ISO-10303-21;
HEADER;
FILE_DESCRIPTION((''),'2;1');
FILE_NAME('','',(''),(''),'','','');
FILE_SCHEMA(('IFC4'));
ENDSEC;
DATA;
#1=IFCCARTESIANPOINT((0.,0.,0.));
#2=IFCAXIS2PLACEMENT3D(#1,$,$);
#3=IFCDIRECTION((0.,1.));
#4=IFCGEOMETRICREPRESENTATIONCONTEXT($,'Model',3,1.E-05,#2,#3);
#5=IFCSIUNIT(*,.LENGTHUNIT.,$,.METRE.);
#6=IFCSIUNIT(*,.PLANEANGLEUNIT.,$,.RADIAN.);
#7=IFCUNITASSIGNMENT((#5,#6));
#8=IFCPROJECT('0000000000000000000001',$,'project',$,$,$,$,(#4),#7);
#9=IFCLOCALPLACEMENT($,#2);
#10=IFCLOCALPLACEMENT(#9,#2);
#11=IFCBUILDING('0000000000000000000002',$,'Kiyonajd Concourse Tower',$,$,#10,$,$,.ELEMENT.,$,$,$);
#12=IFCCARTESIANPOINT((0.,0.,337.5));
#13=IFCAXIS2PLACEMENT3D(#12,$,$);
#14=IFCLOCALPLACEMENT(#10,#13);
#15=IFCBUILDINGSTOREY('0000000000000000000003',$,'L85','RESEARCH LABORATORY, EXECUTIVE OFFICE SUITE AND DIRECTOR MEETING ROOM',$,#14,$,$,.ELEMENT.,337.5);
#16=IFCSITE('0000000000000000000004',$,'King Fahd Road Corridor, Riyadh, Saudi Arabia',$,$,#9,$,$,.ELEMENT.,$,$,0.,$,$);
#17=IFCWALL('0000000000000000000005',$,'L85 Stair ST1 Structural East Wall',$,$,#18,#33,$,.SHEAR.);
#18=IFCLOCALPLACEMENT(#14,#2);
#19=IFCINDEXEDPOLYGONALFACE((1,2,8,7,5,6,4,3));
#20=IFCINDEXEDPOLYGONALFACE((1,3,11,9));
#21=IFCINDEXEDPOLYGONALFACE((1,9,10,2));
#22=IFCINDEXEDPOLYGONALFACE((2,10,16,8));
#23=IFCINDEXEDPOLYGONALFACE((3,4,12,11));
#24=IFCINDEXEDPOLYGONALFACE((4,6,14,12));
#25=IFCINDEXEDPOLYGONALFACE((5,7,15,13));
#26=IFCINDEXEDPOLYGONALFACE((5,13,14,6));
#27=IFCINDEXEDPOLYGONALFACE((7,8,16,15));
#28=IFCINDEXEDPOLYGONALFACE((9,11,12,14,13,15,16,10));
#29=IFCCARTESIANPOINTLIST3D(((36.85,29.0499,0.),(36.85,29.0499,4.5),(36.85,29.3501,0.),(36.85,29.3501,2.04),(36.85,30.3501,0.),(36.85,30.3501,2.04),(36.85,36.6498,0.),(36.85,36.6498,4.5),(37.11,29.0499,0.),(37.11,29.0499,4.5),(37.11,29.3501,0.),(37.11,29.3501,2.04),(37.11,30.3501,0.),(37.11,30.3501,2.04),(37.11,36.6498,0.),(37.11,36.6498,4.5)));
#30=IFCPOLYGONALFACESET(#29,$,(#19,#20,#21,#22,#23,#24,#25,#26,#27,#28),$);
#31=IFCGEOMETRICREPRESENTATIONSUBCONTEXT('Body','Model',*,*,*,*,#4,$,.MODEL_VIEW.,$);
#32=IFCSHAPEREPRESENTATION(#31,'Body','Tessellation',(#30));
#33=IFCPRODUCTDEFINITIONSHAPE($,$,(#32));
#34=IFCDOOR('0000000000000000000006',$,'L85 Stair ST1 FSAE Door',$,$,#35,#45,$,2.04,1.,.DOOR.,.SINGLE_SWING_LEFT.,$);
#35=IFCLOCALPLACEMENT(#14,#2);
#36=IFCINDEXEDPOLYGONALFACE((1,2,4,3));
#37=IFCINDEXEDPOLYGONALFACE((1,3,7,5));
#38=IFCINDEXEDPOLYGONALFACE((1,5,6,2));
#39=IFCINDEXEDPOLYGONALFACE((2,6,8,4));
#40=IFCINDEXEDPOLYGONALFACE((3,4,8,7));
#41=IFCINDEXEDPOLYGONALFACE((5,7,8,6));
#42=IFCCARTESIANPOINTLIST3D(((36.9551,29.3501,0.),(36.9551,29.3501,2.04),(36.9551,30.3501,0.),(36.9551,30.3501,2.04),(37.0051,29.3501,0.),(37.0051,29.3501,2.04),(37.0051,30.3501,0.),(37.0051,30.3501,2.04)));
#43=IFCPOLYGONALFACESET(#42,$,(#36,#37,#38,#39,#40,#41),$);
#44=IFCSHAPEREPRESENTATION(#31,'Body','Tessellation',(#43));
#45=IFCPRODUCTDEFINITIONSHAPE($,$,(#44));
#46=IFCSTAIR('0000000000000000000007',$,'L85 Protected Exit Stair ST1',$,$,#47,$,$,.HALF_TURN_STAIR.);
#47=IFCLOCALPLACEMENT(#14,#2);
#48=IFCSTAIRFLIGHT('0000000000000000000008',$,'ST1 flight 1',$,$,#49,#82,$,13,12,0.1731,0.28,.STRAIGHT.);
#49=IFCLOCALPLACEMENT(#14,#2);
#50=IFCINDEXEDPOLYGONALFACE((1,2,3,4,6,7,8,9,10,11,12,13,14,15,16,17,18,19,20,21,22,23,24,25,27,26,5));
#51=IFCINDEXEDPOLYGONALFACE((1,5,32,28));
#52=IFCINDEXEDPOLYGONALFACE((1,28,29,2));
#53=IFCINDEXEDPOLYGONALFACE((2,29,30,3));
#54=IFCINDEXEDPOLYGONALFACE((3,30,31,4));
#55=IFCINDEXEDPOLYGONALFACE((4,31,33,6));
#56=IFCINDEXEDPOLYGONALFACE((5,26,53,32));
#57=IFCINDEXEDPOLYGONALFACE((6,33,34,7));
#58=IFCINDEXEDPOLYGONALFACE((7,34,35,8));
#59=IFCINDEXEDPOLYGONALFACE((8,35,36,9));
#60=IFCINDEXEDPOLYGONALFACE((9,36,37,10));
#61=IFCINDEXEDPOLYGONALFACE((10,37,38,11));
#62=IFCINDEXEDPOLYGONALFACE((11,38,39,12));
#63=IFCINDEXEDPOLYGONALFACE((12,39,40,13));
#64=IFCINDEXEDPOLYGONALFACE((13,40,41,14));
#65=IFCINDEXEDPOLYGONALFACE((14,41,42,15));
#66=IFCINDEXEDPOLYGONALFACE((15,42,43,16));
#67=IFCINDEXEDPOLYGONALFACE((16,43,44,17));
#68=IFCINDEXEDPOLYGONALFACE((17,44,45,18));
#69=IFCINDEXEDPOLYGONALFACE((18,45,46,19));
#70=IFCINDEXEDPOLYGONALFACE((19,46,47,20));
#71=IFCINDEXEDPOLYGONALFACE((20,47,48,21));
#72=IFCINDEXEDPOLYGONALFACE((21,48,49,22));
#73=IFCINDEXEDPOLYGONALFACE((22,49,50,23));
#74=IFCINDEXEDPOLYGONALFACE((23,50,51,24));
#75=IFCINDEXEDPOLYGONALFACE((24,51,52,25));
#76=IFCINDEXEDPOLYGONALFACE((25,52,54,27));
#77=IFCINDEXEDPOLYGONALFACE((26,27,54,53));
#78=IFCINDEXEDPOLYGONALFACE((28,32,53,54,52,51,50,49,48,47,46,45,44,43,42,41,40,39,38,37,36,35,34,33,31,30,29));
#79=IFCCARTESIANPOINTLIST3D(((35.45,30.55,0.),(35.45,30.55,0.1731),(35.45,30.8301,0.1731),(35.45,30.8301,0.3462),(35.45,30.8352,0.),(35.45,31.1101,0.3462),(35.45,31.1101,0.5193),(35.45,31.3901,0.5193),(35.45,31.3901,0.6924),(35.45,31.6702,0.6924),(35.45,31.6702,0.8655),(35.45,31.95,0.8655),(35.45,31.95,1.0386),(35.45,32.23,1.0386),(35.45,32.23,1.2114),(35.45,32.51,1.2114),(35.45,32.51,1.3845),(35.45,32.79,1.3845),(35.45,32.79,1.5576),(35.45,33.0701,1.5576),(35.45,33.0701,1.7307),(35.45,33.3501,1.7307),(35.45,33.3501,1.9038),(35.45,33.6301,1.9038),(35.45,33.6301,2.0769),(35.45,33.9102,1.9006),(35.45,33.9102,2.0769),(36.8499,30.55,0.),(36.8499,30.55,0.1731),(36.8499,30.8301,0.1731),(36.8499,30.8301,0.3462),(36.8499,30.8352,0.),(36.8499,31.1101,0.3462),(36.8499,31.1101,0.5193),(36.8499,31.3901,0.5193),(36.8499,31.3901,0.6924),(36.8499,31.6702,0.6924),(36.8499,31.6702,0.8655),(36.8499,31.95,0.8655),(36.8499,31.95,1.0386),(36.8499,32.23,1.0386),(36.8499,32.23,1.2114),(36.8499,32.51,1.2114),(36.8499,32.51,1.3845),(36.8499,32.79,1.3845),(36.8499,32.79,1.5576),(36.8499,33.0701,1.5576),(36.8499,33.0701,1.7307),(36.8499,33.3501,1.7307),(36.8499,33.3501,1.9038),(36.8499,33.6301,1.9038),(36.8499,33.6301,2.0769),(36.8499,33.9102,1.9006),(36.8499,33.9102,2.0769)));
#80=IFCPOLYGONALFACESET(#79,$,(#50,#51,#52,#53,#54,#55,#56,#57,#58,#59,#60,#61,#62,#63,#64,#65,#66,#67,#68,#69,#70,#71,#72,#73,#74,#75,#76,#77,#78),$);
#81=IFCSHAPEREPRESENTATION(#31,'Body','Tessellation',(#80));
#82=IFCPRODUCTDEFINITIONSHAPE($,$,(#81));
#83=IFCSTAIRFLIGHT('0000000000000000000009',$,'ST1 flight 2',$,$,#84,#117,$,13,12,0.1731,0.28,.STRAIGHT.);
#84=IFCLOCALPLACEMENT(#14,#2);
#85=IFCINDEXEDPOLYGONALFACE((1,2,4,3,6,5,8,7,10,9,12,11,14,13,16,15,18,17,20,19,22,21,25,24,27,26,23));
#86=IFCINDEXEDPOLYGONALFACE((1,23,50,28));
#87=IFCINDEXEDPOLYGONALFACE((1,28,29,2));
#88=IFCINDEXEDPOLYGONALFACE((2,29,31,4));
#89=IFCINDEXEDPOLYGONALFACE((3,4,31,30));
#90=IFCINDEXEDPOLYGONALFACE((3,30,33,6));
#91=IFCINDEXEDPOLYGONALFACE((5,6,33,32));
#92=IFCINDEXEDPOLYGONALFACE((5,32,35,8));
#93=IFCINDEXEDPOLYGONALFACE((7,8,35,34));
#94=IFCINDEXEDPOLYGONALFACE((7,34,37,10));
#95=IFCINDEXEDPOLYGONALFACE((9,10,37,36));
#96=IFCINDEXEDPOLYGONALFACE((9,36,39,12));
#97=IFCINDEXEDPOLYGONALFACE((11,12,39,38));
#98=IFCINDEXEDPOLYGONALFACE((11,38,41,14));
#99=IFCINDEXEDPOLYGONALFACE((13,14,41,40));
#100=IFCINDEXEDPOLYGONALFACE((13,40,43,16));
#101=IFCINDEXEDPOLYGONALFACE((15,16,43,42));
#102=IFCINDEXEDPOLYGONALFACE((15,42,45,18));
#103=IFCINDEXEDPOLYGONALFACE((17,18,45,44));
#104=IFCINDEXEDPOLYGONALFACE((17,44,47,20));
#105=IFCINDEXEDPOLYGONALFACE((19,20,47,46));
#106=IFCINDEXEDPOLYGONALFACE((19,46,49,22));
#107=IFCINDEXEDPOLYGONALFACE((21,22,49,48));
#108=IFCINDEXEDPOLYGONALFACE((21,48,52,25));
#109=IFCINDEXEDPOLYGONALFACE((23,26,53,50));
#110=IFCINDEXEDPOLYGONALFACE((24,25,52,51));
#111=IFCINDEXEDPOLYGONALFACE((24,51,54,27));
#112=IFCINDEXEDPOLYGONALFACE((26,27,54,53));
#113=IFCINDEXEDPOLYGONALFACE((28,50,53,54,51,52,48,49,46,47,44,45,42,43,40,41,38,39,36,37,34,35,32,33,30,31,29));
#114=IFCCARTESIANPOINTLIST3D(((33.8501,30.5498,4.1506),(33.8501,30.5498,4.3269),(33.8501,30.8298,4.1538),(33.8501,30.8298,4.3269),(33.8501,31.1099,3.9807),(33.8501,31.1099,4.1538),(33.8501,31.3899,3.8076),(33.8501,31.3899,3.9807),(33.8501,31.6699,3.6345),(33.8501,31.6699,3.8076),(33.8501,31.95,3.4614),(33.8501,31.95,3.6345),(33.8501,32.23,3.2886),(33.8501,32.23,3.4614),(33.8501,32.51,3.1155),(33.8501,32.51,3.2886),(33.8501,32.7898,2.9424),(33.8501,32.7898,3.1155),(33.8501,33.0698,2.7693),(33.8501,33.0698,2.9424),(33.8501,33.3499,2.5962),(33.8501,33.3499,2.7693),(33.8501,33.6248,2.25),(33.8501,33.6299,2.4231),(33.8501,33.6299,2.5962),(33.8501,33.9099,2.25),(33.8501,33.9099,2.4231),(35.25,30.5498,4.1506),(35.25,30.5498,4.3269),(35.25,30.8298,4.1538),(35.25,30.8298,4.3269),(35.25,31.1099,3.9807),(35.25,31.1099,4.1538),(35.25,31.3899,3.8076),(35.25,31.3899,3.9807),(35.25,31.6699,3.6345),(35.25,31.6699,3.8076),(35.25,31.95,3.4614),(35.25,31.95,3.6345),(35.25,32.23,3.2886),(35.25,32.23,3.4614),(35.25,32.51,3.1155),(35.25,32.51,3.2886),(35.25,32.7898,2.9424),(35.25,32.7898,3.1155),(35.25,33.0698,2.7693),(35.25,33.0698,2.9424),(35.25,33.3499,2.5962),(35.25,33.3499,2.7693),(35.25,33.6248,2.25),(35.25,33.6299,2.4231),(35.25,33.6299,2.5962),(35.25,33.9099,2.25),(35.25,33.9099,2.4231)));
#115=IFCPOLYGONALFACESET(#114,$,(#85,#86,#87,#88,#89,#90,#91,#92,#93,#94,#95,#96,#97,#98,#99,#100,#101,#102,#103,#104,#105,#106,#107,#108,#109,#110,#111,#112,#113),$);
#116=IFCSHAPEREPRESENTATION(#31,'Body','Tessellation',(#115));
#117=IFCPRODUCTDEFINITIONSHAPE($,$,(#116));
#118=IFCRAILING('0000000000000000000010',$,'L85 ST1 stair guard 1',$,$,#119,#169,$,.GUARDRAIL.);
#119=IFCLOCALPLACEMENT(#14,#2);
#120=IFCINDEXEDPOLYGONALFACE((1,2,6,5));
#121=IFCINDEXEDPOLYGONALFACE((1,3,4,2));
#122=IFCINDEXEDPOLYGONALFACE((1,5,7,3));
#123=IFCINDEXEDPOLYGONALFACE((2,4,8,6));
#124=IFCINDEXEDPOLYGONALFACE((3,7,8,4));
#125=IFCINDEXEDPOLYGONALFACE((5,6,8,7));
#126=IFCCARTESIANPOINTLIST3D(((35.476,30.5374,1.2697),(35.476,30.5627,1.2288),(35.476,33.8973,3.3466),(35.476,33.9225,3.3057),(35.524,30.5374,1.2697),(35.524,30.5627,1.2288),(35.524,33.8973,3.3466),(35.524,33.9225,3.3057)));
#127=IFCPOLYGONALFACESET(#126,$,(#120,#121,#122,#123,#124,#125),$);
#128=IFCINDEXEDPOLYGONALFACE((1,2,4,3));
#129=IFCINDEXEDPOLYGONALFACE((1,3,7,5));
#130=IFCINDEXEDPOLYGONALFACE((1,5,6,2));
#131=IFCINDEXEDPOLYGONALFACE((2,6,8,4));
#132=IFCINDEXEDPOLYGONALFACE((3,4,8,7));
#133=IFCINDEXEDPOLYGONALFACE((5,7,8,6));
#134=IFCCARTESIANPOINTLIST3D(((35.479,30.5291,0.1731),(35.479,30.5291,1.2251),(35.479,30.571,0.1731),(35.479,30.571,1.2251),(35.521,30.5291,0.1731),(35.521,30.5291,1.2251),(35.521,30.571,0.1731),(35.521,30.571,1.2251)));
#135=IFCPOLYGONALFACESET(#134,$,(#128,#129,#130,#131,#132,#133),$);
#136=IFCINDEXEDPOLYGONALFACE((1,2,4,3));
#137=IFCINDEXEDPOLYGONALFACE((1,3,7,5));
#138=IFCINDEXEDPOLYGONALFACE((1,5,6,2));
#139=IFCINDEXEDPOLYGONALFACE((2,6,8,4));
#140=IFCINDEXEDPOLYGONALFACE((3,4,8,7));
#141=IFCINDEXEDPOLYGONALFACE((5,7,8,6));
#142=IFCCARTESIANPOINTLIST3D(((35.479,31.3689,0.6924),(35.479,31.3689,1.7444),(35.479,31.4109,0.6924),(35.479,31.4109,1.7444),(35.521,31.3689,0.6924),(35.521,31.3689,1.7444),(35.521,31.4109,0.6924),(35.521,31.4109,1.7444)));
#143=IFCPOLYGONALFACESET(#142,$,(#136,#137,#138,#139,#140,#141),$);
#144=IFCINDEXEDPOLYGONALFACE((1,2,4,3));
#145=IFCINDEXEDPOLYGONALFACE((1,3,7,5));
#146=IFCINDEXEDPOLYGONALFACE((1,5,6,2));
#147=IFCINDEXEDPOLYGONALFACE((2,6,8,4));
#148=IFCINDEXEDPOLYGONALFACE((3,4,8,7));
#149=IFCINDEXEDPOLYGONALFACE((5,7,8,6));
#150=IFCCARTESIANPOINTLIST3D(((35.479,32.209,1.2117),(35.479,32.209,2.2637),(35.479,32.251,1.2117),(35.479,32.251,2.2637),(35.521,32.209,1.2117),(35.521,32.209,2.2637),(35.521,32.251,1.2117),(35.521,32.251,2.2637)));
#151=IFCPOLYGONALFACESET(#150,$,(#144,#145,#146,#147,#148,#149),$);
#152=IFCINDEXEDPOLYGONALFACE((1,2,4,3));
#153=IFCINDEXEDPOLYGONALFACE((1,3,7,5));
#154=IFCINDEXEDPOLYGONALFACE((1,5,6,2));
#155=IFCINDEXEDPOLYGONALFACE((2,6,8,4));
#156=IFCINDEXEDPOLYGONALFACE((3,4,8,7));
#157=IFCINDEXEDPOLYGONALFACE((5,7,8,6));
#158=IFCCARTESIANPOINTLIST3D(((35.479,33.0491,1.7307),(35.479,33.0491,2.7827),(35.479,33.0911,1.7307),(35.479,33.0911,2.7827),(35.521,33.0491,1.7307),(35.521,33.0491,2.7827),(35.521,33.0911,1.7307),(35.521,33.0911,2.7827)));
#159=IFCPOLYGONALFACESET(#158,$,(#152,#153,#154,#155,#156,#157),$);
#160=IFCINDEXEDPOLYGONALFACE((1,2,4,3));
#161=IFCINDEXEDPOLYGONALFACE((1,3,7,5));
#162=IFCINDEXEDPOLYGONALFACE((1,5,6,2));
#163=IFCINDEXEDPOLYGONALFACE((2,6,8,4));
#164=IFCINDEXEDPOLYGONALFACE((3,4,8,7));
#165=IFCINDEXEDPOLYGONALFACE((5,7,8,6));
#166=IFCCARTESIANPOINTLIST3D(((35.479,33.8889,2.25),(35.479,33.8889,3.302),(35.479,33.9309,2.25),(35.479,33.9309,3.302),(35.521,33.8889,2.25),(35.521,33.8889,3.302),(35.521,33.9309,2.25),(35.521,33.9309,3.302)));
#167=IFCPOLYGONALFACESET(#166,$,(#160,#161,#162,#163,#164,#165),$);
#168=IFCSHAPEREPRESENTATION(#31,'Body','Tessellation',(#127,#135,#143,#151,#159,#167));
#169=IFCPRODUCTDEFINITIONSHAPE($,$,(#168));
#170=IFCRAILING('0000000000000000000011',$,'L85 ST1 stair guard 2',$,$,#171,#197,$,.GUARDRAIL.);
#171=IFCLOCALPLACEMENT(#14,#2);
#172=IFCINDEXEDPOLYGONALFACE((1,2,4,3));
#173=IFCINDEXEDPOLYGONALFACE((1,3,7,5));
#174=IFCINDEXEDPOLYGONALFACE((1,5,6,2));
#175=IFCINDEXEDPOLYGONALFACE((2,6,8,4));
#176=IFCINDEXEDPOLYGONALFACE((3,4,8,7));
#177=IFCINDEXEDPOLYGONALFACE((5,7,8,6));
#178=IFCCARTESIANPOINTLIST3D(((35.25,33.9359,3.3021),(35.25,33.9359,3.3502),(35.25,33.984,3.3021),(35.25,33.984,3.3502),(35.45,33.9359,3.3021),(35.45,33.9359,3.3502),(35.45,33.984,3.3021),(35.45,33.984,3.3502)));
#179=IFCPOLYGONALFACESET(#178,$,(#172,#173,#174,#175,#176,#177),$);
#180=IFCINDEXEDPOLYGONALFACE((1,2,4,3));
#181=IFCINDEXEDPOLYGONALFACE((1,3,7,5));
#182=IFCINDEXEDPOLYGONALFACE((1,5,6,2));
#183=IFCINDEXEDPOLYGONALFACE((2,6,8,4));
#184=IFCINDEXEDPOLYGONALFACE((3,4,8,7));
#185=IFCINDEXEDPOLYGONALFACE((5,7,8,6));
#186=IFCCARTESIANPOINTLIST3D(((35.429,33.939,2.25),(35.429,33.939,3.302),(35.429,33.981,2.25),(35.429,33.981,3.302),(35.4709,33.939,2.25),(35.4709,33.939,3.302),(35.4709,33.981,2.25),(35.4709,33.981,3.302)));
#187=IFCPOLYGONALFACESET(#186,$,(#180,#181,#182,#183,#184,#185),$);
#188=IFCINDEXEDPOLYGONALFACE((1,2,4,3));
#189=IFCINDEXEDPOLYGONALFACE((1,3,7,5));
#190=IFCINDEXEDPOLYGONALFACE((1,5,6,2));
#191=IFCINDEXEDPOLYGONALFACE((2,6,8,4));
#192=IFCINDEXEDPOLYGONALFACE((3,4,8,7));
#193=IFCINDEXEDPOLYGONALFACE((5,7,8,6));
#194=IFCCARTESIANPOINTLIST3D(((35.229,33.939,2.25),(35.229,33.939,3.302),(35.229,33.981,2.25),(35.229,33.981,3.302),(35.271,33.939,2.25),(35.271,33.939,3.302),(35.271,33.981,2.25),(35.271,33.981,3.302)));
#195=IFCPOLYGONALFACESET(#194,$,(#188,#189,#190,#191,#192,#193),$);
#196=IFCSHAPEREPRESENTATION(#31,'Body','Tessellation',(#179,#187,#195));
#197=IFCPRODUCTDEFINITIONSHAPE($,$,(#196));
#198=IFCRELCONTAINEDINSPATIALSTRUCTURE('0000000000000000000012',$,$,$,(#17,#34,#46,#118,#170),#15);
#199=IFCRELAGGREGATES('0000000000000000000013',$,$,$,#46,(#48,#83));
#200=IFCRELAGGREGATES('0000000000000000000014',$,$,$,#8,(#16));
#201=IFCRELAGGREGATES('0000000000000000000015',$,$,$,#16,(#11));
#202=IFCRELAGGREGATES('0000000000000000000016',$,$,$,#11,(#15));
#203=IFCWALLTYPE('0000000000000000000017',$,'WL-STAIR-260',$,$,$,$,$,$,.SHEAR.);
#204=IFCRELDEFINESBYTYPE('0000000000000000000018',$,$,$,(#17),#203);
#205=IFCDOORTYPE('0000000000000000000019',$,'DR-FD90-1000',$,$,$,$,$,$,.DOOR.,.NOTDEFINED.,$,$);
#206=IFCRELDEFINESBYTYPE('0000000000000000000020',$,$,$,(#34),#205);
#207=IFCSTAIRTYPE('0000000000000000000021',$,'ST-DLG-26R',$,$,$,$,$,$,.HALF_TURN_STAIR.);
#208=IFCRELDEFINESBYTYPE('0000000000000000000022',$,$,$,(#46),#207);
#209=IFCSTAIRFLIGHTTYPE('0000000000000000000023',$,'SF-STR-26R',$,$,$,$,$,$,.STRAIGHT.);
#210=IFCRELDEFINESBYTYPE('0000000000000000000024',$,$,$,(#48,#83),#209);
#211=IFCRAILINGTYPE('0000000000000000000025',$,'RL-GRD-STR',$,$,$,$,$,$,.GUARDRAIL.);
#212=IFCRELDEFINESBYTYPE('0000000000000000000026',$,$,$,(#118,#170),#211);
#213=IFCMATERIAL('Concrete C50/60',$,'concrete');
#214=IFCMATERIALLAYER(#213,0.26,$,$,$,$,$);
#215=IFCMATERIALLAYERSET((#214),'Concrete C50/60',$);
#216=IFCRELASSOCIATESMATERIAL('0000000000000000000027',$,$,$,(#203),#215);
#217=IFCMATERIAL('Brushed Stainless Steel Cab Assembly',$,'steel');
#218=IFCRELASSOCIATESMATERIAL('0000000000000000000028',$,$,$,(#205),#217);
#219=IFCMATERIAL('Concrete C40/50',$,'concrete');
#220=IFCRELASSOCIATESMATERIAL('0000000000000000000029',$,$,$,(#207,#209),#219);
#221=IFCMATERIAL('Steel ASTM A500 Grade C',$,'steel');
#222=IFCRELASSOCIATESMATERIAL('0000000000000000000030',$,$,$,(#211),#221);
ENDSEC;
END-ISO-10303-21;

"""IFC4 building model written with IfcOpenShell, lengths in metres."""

from ifc_helpers import new_model, si_unit, direction, frame, frame_2d, origin, origin_2d, place, context, subcontext, project, spatial, polyline, rectangle, outline, extrude, material, layer, layer_set, type_object, element, fill, aggregate, save


model = new_model("IFC4")

# Units and contexts
model_context = context("Model", 3, precision=1e-05, world=origin(), true_north=direction((0.0, 1.0)))
body_context = subcontext(model_context, "Body", "Model", "MODEL_VIEW")
ifc_project = project(units=[si_unit("LENGTHUNIT", "METRE"), si_unit("PLANEANGLEUNIT", "RADIAN")], contexts=[model_context])

# Site, building, storey
site_placement = place(None, origin())
site = spatial("IfcSite", under=ifc_project, at=site_placement, Name="King Fahd Road Corridor, Riyadh, Saudi Arabia", CompositionType="ELEMENT", RefElevation=0.0)
building_placement = place(site_placement, origin())
building = spatial("IfcBuilding", under=site, at=building_placement, Name="Kiyonajd Concourse Tower", CompositionType="ELEMENT")
storey_placement = place(building_placement, frame((0.0, 0.0, 337.5)))
storey = spatial("IfcBuildingStorey", under=building, at=storey_placement, Name="L85", Description="RESEARCH LABORATORY, EXECUTIVE OFFICE SUITE AND DIRECTOR MEETING ROOM", CompositionType="ELEMENT", Elevation=337.5)

# Shared definitions
ifc_material_1 = material(Name="Concrete C50/60", Category="concrete")

# Shared definitions
ifc_material_2 = material(Name="Brushed Stainless Steel Cab Assembly", Category="steel")

# Shared definitions
ifc_layer_1 = layer(ifc_material_1, 0.26)
ifc_layer_set_1 = layer_set([ifc_layer_1], Name="Concrete C50/60")
wall_type_1 = type_object("IfcWallType", Name="WL-STAIR-260", PredefinedType="SHEAR", material=ifc_layer_set_1)

# Wall, opening, door
wall_1_placement = place(storey_placement, frame((36.98, 29.05, 0.0), z_axis=(0.0, 0.0, 1.0), x_axis=(0.0, 1.0, 0.0)))
wall_1 = element("IfcWall", 1, at=wall_1_placement, inside=storey, type_object=wall_type_1, Name="L85 Stair ST1 Structural East Wall", PredefinedType="SHEAR", context=body_context, shape_type="SweptSolid", body=[
    extrude(rectangle(XDim=7.5999, YDim=0.26, at=frame_2d((3.7998, 0.0))), origin(), (0.0, 0.0, 1.0), 4.5),
])
opening_1_placement = place(wall_1_placement, frame((0.3, 0.0, 0.0)))
opening_1 = element("IfcOpeningElement", 2, at=opening_1_placement, cuts=wall_1, PredefinedType="OPENING", context=body_context, shape_type="SweptSolid", body=[
    extrude(rectangle(XDim=1.0, YDim=2.04, at=frame_2d((0.5, 1.02))), frame((0.0, 0.1399, 0.0), z_axis=(0.0, -1.0, 0.0), x_axis=(1.0, 0.0, 0.0)), (0.0, 0.0, 1.0), 0.28),
])
door_type_1 = type_object("IfcDoorType", Name="DR-FD90-1000", OperationType="NOTDEFINED", PredefinedType="DOOR", material=ifc_material_2)
door_1_placement = place(opening_1_placement, origin())
door_1 = element("IfcDoor", 3, at=door_1_placement, inside=storey, type_object=door_type_1, Name="L85 Stair ST1 FSAE Door", OperationType="SINGLE_SWING_LEFT", OverallHeight=2.04, OverallWidth=1.0, PredefinedType="DOOR", context=body_context, shape_type="SweptSolid", body=[
    extrude(rectangle(XDim=1.0, YDim=2.04, at=frame_2d((0.5, 1.02))), frame((0.0, 0.0249, 0.0), z_axis=(0.0, -1.0, 0.0), x_axis=(1.0, 0.0, 0.0)), (0.0, 0.0, 1.0), 0.05),
])
fill(opening_1, door_1)

# Stair, stair flights
ifc_material_3 = material(Name="Concrete C40/50", Category="concrete")
stair_type = type_object("IfcStairType", Name="ST-DLG-26R", PredefinedType="HALF_TURN_STAIR", material=ifc_material_3)
stair_placement = place(storey_placement, origin())
stair = element("IfcStair", 4, at=stair_placement, inside=storey, type_object=stair_type, Name="L85 Protected Exit Stair ST1", PredefinedType="HALF_TURN_STAIR")
stair_flight_type = type_object("IfcStairFlightType", Name="SF-STR-26R", PredefinedType="STRAIGHT", material=ifc_material_3)
stair_flight_1_placement = place(storey_placement, frame((36.1499, 30.55, 0.0), z_axis=(0.0, 0.0, 1.0), x_axis=(0.0, 1.0, 0.0)))
stair_flight_1 = element("IfcStairFlight", 5, at=stair_flight_1_placement, type_object=stair_flight_type, Name="ST1 flight 1", NumberOfRisers=13, NumberOfTreads=12, PredefinedType="STRAIGHT", RiserHeight=0.1731, TreadLength=0.28, context=body_context, shape_type="SweptSolid", body=[
    extrude(outline(polyline([(0.0, 0.0), (0.0, 0.1731), (0.28, 0.1731), (0.28, 0.3462), (0.5601, 0.3462), (0.5601, 0.5193), (0.8401, 0.5193), (0.8401, 0.6924), (1.1201, 0.6924), (1.1201, 0.8655), (1.3999, 0.8655), (1.3999, 1.0386), (1.6799, 1.0386), (1.6799, 1.2114), (1.96, 1.2114), (1.96, 1.3845), (2.24, 1.3845), (2.24, 1.5576), (2.52, 1.5576), (2.52, 1.7307), (2.8, 1.7307), (2.8, 1.9038), (3.0801, 1.9038), (3.0801, 2.0769), (3.3601, 2.0769), (3.3601, 2.25), (3.3601, 1.9006), (0.2852, 0.0), (0.0, 0.0)])), frame((0.0, 0.7, 0.0), z_axis=(0.0, -1.0, 0.0), x_axis=(1.0, 0.0, 0.0)), (0.0, 0.0, 1.0), 1.3999),
])
stair_flight_2_placement = place(storey_placement, frame((34.55, 33.9099, 2.25), z_axis=(0.0, 0.0, 1.0), x_axis=(0.0, -1.0, 0.0)))
stair_flight_2 = element("IfcStairFlight", 6, at=stair_flight_2_placement, type_object=stair_flight_type, Name="ST1 flight 2", NumberOfRisers=13, NumberOfTreads=12, PredefinedType="STRAIGHT", RiserHeight=0.1731, TreadLength=0.28, context=body_context, shape_type="SweptSolid", body=[
    extrude(outline(polyline([(0.0, 0.0), (0.0, 0.1731), (0.28, 0.1731), (0.28, 0.3462), (0.5601, 0.3462), (0.5601, 0.5193), (0.8401, 0.5193), (0.8401, 0.6924), (1.1201, 0.6924), (1.1201, 0.8655), (1.3999, 0.8655), (1.3999, 1.0386), (1.6799, 1.0386), (1.6799, 1.2114), (1.96, 1.2114), (1.96, 1.3845), (2.24, 1.3845), (2.24, 1.5576), (2.52, 1.5576), (2.52, 1.7307), (2.8, 1.7307), (2.8, 1.9038), (3.0801, 1.9038), (3.0801, 2.0769), (3.3601, 2.0769), (3.3601, 2.25), (3.3601, 1.9006), (0.2852, 0.0), (0.0, 0.0)])), frame((0.0, 0.7, 0.0), z_axis=(0.0, -1.0, 0.0), x_axis=(1.0, 0.0, 0.0)), (0.0, 0.0, 1.0), 1.3999),
])
aggregate(stair, [stair_flight_1, stair_flight_2])

# Railings
ifc_material_4 = material(Name="Steel ASTM A500 Grade C", Category="steel")
railing_type_1 = type_object("IfcRailingType", Name="RL-GRD-STR", PredefinedType="GUARDRAIL", material=ifc_material_4)
railing_1_placement = place(storey_placement, frame((35.5, 30.55, 0.1731)))
element("IfcRailing", 7, at=railing_1_placement, inside=storey, type_object=railing_type_1, Name="L85 ST1 stair guard 1", PredefinedType="GUARDRAIL", context=body_context, shape_type="SweptSolid", body=[
    extrude(rectangle(XDim=0.0481, YDim=0.0481, at=origin_2d()), frame((0.0, 0.0, 1.0762), z_axis=(0.0, 0.850606, 0.525803), x_axis=(-1.0, 0.0, 0.0)), (0.0, 0.0, 1.0), 3.95),
    extrude(rectangle(XDim=0.042, YDim=0.042, at=origin_2d()), origin(), (0.0, 0.0, 1.0), 1.052),
    extrude(rectangle(XDim=0.042, YDim=0.042, at=origin_2d()), frame((0.0, 0.8398, 0.5193)), (0.0, 0.0, 1.0), 1.052),
    extrude(rectangle(XDim=0.042, YDim=0.042, at=origin_2d()), frame((0.0, 1.6799, 1.0386)), (0.0, 0.0, 1.0), 1.052),
    extrude(rectangle(XDim=0.042, YDim=0.042, at=origin_2d()), frame((0.0, 2.52, 1.5576)), (0.0, 0.0, 1.0), 1.052),
    extrude(rectangle(XDim=0.042, YDim=0.042, at=origin_2d()), frame((0.0, 3.3599, 2.0769)), (0.0, 0.0, 1.0), 1.052),
])
railing_2_placement = place(storey_placement, frame((35.45, 33.96, 2.25)))
element("IfcRailing", 8, at=railing_2_placement, inside=storey, type_object=railing_type_1, Name="L85 ST1 stair guard 2", PredefinedType="GUARDRAIL", context=body_context, shape_type="SweptSolid", body=[
    extrude(rectangle(XDim=0.0481, YDim=0.0481, at=origin_2d()), frame((0.0, 0.0, 1.0762), z_axis=(-1.0, 0.0, 0.0), x_axis=(0.0, -1.0, 0.0)), (0.0, 0.0, 1.0), 0.2),
    extrude(rectangle(XDim=0.042, YDim=0.042, at=origin_2d()), origin(), (0.0, 0.0, 1.0), 1.052),
    extrude(rectangle(XDim=0.042, YDim=0.042, at=origin_2d()), frame((-0.2, 0.0, 0.0)), (0.0, 0.0, 1.0), 1.052),
])

save(model, "model.ifc")
